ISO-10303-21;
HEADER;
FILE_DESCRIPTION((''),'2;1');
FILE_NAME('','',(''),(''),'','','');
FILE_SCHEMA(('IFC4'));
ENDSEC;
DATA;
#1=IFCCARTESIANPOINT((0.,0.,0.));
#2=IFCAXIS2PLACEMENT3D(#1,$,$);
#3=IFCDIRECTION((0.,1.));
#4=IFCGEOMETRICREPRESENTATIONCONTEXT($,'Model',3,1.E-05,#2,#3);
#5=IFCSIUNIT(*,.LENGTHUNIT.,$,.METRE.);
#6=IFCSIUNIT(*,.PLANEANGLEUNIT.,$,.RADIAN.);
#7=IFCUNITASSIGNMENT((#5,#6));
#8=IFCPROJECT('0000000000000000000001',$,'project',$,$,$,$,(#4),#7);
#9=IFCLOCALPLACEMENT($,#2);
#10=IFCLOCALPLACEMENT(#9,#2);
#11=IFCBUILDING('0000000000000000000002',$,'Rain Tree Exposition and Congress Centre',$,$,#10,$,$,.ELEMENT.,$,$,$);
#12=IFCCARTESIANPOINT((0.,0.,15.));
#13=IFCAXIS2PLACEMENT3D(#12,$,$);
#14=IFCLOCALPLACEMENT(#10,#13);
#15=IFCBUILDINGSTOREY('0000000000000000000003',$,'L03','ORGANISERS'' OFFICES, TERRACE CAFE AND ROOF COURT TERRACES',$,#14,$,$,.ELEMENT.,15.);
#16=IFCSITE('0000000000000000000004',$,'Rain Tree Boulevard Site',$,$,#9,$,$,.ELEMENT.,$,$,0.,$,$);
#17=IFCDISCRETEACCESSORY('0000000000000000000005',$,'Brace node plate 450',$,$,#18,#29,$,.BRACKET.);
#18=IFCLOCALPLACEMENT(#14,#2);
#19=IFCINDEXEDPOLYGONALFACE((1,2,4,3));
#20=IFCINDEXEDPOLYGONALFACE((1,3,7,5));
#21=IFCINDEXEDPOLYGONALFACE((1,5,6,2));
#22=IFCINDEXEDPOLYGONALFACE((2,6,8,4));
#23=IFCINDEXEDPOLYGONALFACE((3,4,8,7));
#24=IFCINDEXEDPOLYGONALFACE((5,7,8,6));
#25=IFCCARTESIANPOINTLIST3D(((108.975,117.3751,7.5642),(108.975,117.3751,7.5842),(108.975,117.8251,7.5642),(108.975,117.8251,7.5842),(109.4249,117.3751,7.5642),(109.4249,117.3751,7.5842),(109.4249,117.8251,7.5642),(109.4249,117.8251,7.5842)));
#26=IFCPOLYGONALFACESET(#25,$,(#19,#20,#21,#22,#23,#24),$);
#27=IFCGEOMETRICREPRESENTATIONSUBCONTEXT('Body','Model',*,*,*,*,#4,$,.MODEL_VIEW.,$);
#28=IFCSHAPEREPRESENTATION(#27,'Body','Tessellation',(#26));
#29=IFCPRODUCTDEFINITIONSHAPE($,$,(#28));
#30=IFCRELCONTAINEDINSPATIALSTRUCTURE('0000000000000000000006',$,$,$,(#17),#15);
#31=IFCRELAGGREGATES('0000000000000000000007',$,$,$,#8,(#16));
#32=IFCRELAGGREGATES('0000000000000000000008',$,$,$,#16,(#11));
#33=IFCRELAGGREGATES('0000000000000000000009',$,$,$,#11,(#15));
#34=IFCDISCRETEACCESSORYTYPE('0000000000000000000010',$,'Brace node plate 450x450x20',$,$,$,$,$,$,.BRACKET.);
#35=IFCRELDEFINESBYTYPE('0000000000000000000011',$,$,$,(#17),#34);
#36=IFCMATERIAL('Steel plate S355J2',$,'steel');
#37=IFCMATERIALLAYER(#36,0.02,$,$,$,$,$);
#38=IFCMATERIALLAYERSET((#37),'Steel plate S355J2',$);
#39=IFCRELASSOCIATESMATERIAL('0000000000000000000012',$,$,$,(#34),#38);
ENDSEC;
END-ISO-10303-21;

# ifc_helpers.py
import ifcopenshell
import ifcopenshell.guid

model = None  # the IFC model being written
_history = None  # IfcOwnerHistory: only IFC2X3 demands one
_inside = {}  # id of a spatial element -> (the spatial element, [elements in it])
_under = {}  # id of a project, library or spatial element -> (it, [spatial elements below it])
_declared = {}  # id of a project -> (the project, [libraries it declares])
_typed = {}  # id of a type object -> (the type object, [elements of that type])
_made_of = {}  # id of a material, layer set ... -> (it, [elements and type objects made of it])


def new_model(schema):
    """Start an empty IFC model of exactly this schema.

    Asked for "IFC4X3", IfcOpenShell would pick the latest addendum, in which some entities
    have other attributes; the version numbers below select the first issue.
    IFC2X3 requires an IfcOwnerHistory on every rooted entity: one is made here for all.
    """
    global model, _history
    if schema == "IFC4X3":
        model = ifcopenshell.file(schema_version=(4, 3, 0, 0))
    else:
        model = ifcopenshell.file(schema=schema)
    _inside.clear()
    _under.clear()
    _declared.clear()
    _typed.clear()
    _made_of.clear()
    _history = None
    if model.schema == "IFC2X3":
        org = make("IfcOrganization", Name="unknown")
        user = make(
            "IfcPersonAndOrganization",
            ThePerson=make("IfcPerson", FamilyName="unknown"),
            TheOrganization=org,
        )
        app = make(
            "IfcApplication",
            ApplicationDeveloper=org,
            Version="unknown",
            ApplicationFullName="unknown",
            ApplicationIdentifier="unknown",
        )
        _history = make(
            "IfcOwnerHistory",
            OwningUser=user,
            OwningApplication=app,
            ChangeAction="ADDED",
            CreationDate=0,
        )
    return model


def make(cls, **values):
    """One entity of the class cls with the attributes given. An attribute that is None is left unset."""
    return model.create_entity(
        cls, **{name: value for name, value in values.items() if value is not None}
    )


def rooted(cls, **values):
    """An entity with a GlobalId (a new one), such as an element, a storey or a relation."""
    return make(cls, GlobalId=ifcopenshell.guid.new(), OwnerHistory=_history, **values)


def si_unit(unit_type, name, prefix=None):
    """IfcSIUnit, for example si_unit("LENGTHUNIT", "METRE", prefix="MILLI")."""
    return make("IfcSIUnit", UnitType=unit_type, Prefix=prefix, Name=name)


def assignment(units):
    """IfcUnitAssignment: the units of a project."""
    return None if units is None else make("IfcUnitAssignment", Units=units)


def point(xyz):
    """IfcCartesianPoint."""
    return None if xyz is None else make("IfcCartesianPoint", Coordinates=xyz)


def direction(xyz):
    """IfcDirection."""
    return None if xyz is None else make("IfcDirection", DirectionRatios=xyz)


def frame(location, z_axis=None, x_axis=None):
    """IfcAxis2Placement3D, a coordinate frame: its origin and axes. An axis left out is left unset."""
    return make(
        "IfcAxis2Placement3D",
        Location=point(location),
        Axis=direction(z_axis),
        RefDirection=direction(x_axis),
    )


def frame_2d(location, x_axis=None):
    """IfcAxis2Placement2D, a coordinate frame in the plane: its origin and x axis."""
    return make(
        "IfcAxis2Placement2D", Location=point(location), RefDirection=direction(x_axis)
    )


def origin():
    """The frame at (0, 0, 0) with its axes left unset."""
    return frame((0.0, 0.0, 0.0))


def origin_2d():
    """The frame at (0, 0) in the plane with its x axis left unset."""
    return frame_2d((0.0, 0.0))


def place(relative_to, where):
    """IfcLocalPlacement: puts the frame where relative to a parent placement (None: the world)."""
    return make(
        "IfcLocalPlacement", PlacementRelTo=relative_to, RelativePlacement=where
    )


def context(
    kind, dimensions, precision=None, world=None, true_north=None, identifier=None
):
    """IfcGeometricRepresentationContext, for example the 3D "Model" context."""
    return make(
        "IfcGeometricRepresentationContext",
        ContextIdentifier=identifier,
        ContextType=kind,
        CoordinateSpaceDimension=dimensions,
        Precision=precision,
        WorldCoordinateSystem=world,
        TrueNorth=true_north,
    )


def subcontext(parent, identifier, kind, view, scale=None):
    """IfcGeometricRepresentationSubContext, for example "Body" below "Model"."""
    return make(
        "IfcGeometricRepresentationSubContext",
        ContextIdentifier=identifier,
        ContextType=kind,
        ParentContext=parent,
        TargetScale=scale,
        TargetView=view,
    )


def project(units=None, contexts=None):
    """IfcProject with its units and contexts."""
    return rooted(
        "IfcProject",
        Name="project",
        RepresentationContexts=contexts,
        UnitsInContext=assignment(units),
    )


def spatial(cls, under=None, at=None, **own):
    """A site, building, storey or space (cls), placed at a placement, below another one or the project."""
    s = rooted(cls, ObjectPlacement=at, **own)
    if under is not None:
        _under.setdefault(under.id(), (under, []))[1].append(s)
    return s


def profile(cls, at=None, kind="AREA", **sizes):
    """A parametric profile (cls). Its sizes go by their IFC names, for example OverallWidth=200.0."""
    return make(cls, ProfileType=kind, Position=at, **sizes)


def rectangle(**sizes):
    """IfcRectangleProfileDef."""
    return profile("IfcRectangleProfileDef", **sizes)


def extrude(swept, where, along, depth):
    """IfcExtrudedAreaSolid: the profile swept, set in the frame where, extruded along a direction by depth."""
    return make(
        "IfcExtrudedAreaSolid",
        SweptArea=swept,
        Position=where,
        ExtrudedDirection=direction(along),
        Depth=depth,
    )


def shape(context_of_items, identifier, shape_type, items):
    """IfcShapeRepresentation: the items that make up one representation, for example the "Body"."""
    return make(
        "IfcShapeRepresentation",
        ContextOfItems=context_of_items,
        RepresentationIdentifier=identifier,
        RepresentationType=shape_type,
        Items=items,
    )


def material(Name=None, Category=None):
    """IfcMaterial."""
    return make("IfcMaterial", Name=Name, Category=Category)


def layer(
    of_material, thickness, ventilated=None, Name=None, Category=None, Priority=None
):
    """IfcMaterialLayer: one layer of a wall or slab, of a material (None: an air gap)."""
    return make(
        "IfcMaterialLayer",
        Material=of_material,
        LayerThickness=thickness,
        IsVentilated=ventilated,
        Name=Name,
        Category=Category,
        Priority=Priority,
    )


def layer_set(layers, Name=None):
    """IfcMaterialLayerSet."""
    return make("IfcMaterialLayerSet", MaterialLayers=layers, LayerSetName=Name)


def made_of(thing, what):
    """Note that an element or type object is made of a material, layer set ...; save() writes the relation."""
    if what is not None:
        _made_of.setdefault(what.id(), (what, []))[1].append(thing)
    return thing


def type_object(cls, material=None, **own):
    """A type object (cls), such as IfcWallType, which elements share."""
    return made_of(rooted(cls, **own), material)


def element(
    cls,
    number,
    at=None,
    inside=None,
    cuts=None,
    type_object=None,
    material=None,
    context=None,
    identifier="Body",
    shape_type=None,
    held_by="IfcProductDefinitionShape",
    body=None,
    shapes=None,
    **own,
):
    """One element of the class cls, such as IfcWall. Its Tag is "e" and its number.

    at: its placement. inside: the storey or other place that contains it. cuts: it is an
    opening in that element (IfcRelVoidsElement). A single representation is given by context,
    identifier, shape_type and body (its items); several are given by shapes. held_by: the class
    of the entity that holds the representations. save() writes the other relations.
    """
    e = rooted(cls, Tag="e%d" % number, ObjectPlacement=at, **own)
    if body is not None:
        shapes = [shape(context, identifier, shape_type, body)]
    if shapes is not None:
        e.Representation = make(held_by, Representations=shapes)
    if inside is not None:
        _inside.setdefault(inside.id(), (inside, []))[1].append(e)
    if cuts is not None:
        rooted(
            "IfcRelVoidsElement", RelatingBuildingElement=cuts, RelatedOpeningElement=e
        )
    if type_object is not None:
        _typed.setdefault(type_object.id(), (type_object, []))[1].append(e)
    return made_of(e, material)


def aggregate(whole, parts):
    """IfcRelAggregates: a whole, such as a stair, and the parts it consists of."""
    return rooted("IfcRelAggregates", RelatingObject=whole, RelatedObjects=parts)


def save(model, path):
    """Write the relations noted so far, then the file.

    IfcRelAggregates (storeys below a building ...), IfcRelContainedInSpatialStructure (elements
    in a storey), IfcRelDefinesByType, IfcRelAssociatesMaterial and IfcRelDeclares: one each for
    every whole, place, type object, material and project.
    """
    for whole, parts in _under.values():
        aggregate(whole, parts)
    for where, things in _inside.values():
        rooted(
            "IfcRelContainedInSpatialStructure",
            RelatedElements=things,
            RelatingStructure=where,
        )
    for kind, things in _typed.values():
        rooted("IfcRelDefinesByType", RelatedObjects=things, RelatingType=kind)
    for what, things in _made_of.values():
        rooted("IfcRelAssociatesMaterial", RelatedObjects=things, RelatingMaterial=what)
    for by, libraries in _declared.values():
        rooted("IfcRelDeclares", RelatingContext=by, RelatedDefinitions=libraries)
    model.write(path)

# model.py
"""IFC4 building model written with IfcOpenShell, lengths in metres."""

from ifc_helpers import new_model, si_unit, direction, frame, origin, origin_2d, place, context, subcontext, project, spatial, rectangle, extrude, material, layer, layer_set, type_object, element, save


model = new_model("IFC4")

# Units and contexts
model_context = context("Model", 3, precision=1e-05, world=origin(), true_north=direction((0.0, 1.0)))
body_context = subcontext(model_context, "Body", "Model", "MODEL_VIEW")
ifc_project = project(units=[si_unit("LENGTHUNIT", "METRE"), si_unit("PLANEANGLEUNIT", "RADIAN")], contexts=[model_context])

# Site, building, storey
site_placement = place(None, origin())
site = spatial("IfcSite", under=ifc_project, at=site_placement, Name="Rain Tree Boulevard Site", CompositionType="ELEMENT", RefElevation=0.0)
building_placement = place(site_placement, origin())
building = spatial("IfcBuilding", under=site, at=building_placement, Name="Rain Tree Exposition and Congress Centre", CompositionType="ELEMENT")
storey_placement = place(building_placement, frame((0.0, 0.0, 15.0)))
storey = spatial("IfcBuildingStorey", under=building, at=storey_placement, Name="L03", Description="ORGANISERS' OFFICES, TERRACE CAFE AND ROOF COURT TERRACES", CompositionType="ELEMENT", Elevation=15.0)

# Discrete accessory
ifc_material_1 = material(Name="Steel plate S355J2", Category="steel")
ifc_layer_1 = layer(ifc_material_1, 0.02)
ifc_layer_set_1 = layer_set([ifc_layer_1], Name="Steel plate S355J2")
discrete_accessory_type_1 = type_object("IfcDiscreteAccessoryType", Name="Brace node plate 450x450x20", PredefinedType="BRACKET", material=ifc_layer_set_1)
for number, where, z_axis, x_axis, name in (
    (1, (109.2, 117.6001, 7.5642), (0.0, 0.0, 1.0), (1.0, 0.0, 0.0), "Brace node plate 450"),
):
    element("IfcDiscreteAccessory", number, at=place(storey_placement, frame(where, z_axis=z_axis, x_axis=x_axis)), inside=storey, type_object=discrete_accessory_type_1, Name=name, PredefinedType="BRACKET", context=body_context, shape_type="SweptSolid", body=[
        extrude(rectangle(XDim=0.45, YDim=0.45, at=origin_2d()), origin(), (0.0, 0.0, 1.0), 0.02),
    ])

save(model, "model.ifc")
